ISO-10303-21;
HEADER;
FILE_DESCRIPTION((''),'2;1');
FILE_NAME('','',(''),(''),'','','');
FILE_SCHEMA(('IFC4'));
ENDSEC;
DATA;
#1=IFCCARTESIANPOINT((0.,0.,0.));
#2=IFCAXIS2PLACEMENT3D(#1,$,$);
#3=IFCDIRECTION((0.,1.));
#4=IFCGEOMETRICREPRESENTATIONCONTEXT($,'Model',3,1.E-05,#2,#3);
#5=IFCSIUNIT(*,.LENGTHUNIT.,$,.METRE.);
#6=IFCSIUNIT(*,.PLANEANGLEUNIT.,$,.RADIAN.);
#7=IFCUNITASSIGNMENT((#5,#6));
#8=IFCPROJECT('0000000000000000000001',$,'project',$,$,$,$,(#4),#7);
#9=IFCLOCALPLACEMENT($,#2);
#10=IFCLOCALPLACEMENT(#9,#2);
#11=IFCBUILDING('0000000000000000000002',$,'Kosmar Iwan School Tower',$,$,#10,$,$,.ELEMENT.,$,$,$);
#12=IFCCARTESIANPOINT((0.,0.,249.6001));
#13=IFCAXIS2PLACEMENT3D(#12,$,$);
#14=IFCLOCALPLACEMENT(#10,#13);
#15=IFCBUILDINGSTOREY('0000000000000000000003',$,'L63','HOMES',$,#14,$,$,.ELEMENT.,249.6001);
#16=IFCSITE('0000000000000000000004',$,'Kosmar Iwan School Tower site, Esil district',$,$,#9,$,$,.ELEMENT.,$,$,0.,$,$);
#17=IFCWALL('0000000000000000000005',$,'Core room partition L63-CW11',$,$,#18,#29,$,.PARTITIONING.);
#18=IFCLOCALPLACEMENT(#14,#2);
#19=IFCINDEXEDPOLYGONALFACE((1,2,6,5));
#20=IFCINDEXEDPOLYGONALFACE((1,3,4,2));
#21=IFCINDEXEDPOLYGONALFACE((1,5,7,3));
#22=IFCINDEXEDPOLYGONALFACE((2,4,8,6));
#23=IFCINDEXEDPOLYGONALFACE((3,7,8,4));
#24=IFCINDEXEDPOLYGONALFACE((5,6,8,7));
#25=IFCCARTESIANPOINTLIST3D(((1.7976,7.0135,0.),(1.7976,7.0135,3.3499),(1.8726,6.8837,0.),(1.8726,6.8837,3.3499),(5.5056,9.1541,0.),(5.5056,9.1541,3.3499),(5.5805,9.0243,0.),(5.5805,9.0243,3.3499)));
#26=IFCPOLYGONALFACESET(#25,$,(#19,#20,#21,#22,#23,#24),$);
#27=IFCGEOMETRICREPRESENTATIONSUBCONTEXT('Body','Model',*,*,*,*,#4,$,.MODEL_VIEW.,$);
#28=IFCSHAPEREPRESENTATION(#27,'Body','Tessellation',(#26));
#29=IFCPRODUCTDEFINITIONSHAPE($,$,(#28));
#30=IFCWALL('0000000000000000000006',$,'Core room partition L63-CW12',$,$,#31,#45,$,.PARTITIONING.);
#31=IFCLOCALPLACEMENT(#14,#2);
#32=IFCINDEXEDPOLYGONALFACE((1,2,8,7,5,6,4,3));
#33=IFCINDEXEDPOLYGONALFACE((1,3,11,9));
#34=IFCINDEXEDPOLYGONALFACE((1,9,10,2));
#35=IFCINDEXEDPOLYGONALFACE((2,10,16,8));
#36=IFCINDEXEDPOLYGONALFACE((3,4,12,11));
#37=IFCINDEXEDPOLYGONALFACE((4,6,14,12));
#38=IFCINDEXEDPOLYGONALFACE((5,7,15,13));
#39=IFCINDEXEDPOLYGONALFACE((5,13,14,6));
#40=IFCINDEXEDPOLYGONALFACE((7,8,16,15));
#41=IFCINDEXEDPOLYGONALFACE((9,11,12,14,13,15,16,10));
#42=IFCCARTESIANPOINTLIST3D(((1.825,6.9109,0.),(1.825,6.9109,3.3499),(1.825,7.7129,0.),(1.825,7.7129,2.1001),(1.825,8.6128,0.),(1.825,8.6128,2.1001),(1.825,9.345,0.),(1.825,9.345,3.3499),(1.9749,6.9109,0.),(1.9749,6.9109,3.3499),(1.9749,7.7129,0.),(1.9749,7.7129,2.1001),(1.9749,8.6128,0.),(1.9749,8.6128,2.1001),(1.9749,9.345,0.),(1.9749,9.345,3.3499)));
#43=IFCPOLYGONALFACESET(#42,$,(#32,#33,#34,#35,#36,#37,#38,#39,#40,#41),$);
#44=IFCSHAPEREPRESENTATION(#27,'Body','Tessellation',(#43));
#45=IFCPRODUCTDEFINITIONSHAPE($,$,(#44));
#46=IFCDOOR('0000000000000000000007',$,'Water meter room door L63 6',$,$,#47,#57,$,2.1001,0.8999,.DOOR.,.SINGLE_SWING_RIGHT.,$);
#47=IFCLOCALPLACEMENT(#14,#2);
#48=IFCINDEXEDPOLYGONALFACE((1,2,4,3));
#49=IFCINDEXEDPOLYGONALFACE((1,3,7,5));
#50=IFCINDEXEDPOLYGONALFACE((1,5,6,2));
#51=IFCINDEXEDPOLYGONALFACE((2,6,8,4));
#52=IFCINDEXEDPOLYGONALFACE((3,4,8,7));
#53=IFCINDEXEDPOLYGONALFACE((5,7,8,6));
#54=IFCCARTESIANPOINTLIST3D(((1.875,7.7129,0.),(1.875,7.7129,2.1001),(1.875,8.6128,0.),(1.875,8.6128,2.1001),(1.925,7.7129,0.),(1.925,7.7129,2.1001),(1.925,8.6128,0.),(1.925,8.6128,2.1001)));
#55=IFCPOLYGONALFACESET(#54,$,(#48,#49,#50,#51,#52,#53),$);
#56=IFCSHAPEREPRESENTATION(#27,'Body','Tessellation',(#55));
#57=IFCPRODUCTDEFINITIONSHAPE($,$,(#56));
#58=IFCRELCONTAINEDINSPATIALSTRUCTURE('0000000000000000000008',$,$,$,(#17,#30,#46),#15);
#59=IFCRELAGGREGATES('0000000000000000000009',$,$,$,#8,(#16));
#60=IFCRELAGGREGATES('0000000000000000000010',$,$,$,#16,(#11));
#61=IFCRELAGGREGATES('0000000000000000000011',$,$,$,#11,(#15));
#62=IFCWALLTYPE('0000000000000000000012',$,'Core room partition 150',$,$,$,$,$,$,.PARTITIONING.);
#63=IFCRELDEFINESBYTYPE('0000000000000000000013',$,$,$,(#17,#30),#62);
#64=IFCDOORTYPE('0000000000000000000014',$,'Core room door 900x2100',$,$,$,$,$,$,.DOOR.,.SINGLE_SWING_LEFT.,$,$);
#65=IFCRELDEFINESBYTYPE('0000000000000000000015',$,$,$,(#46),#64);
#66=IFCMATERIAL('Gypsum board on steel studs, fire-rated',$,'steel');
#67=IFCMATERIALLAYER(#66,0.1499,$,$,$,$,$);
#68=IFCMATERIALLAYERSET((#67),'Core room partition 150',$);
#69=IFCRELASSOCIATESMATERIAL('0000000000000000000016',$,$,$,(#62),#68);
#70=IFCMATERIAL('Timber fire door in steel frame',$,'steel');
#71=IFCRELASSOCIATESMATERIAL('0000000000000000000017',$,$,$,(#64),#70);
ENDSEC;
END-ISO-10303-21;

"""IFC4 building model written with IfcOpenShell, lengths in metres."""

from ifc_helpers import new_model, si_unit, direction, frame, frame_2d, origin, place, context, subcontext, project, spatial, rectangle, extrude, material, layer, layer_set, type_object, element, fill, save


model = new_model("IFC4")

# Units and contexts
model_context = context("Model", 3, precision=1e-05, world=origin(), true_north=direction((0.0, 1.0)))
body_context = subcontext(model_context, "Body", "Model", "MODEL_VIEW")
ifc_project = project(units=[si_unit("LENGTHUNIT", "METRE"), si_unit("PLANEANGLEUNIT", "RADIAN")], contexts=[model_context])

# Site, building, storey
site_placement = place(None, origin())
site = spatial("IfcSite", under=ifc_project, at=site_placement, Name="Kosmar Iwan School Tower site, Esil district", CompositionType="ELEMENT", RefElevation=0.0)
building_placement = place(site_placement, origin())
building = spatial("IfcBuilding", under=site, at=building_placement, Name="Kosmar Iwan School Tower", CompositionType="ELEMENT")
storey_placement = place(building_placement, frame((0.0, 0.0, 249.6001)))
storey = spatial("IfcBuildingStorey", under=building, at=storey_placement, Name="L63", Description="HOMES", CompositionType="ELEMENT", Elevation=249.6001)

# Wall
ifc_material_1 = material(Name="Gypsum board on steel studs, fire-rated", Category="steel")
ifc_layer_1 = layer(ifc_material_1, 0.1499)
ifc_layer_set_1 = layer_set([ifc_layer_1], Name="Core room partition 150")
wall_type_1 = type_object("IfcWallType", Name="Core room partition 150", PredefinedType="PARTITIONING", material=ifc_layer_set_1)
wall_1_placement = place(storey_placement, frame((5.543, 9.0891, 0.0), z_axis=(0.0, 0.0, 1.0), x_axis=(-0.866045, -0.499966, 0.0)))
element("IfcWall", 1, at=wall_1_placement, inside=storey, type_object=wall_type_1, Name="Core room partition L63-CW11", PredefinedType="PARTITIONING", context=body_context, shape_type="SweptSolid", body=[
    extrude(rectangle(XDim=4.2815, YDim=0.1499, at=frame_2d((2.1406, 0.0))), origin(), (0.0, 0.0, 1.0), 3.3499),
])

# Wall, opening, door
wall_2_placement = place(storey_placement, frame((1.8999, 6.9109, 0.0), z_axis=(0.0, 0.0, 1.0), x_axis=(0.0, 1.0, 0.0)))
wall_2 = element("IfcWall", 2, at=wall_2_placement, inside=storey, type_object=wall_type_1, Name="Core room partition L63-CW12", PredefinedType="PARTITIONING", context=body_context, shape_type="SweptSolid", body=[
    extrude(rectangle(XDim=2.4341, YDim=0.1499, at=frame_2d((1.217, 0.0))), origin(), (0.0, 0.0, 1.0), 3.3499),
])
opening_1_placement = place(wall_2_placement, frame((0.802, 0.0, 0.0)))
opening_1 = element("IfcOpeningElement", 3, at=opening_1_placement, cuts=wall_2, PredefinedType="OPENING", context=body_context, shape_type="SweptSolid", body=[
    extrude(rectangle(XDim=0.8999, YDim=2.1001, at=frame_2d((0.45, 1.05))), frame((0.0, 0.0869, 0.0), z_axis=(0.0, -1.0, 0.0), x_axis=(1.0, 0.0, 0.0)), (0.0, 0.0, 1.0), 0.1738),
])
ifc_material_2 = material(Name="Timber fire door in steel frame", Category="steel")
door_type_1 = type_object("IfcDoorType", Name="Core room door 900x2100", OperationType="SINGLE_SWING_LEFT", PredefinedType="DOOR", material=ifc_material_2)
door_1_placement = place(opening_1_placement, origin())
door_1 = element("IfcDoor", 4, at=door_1_placement, inside=storey, type_object=door_type_1, Name="Water meter room door L63 6", OperationType="SINGLE_SWING_RIGHT", OverallHeight=2.1001, OverallWidth=0.8999, PredefinedType="DOOR", context=body_context, shape_type="SweptSolid", body=[
    extrude(rectangle(XDim=0.8999, YDim=2.1001, at=frame_2d((0.45, 1.05))), frame((0.0, 0.0249, 0.0), z_axis=(0.0, -1.0, 0.0), x_axis=(1.0, 0.0, 0.0)), (0.0, 0.0, 1.0), 0.05),
])
fill(opening_1, door_1)

save(model, "model.ifc")
